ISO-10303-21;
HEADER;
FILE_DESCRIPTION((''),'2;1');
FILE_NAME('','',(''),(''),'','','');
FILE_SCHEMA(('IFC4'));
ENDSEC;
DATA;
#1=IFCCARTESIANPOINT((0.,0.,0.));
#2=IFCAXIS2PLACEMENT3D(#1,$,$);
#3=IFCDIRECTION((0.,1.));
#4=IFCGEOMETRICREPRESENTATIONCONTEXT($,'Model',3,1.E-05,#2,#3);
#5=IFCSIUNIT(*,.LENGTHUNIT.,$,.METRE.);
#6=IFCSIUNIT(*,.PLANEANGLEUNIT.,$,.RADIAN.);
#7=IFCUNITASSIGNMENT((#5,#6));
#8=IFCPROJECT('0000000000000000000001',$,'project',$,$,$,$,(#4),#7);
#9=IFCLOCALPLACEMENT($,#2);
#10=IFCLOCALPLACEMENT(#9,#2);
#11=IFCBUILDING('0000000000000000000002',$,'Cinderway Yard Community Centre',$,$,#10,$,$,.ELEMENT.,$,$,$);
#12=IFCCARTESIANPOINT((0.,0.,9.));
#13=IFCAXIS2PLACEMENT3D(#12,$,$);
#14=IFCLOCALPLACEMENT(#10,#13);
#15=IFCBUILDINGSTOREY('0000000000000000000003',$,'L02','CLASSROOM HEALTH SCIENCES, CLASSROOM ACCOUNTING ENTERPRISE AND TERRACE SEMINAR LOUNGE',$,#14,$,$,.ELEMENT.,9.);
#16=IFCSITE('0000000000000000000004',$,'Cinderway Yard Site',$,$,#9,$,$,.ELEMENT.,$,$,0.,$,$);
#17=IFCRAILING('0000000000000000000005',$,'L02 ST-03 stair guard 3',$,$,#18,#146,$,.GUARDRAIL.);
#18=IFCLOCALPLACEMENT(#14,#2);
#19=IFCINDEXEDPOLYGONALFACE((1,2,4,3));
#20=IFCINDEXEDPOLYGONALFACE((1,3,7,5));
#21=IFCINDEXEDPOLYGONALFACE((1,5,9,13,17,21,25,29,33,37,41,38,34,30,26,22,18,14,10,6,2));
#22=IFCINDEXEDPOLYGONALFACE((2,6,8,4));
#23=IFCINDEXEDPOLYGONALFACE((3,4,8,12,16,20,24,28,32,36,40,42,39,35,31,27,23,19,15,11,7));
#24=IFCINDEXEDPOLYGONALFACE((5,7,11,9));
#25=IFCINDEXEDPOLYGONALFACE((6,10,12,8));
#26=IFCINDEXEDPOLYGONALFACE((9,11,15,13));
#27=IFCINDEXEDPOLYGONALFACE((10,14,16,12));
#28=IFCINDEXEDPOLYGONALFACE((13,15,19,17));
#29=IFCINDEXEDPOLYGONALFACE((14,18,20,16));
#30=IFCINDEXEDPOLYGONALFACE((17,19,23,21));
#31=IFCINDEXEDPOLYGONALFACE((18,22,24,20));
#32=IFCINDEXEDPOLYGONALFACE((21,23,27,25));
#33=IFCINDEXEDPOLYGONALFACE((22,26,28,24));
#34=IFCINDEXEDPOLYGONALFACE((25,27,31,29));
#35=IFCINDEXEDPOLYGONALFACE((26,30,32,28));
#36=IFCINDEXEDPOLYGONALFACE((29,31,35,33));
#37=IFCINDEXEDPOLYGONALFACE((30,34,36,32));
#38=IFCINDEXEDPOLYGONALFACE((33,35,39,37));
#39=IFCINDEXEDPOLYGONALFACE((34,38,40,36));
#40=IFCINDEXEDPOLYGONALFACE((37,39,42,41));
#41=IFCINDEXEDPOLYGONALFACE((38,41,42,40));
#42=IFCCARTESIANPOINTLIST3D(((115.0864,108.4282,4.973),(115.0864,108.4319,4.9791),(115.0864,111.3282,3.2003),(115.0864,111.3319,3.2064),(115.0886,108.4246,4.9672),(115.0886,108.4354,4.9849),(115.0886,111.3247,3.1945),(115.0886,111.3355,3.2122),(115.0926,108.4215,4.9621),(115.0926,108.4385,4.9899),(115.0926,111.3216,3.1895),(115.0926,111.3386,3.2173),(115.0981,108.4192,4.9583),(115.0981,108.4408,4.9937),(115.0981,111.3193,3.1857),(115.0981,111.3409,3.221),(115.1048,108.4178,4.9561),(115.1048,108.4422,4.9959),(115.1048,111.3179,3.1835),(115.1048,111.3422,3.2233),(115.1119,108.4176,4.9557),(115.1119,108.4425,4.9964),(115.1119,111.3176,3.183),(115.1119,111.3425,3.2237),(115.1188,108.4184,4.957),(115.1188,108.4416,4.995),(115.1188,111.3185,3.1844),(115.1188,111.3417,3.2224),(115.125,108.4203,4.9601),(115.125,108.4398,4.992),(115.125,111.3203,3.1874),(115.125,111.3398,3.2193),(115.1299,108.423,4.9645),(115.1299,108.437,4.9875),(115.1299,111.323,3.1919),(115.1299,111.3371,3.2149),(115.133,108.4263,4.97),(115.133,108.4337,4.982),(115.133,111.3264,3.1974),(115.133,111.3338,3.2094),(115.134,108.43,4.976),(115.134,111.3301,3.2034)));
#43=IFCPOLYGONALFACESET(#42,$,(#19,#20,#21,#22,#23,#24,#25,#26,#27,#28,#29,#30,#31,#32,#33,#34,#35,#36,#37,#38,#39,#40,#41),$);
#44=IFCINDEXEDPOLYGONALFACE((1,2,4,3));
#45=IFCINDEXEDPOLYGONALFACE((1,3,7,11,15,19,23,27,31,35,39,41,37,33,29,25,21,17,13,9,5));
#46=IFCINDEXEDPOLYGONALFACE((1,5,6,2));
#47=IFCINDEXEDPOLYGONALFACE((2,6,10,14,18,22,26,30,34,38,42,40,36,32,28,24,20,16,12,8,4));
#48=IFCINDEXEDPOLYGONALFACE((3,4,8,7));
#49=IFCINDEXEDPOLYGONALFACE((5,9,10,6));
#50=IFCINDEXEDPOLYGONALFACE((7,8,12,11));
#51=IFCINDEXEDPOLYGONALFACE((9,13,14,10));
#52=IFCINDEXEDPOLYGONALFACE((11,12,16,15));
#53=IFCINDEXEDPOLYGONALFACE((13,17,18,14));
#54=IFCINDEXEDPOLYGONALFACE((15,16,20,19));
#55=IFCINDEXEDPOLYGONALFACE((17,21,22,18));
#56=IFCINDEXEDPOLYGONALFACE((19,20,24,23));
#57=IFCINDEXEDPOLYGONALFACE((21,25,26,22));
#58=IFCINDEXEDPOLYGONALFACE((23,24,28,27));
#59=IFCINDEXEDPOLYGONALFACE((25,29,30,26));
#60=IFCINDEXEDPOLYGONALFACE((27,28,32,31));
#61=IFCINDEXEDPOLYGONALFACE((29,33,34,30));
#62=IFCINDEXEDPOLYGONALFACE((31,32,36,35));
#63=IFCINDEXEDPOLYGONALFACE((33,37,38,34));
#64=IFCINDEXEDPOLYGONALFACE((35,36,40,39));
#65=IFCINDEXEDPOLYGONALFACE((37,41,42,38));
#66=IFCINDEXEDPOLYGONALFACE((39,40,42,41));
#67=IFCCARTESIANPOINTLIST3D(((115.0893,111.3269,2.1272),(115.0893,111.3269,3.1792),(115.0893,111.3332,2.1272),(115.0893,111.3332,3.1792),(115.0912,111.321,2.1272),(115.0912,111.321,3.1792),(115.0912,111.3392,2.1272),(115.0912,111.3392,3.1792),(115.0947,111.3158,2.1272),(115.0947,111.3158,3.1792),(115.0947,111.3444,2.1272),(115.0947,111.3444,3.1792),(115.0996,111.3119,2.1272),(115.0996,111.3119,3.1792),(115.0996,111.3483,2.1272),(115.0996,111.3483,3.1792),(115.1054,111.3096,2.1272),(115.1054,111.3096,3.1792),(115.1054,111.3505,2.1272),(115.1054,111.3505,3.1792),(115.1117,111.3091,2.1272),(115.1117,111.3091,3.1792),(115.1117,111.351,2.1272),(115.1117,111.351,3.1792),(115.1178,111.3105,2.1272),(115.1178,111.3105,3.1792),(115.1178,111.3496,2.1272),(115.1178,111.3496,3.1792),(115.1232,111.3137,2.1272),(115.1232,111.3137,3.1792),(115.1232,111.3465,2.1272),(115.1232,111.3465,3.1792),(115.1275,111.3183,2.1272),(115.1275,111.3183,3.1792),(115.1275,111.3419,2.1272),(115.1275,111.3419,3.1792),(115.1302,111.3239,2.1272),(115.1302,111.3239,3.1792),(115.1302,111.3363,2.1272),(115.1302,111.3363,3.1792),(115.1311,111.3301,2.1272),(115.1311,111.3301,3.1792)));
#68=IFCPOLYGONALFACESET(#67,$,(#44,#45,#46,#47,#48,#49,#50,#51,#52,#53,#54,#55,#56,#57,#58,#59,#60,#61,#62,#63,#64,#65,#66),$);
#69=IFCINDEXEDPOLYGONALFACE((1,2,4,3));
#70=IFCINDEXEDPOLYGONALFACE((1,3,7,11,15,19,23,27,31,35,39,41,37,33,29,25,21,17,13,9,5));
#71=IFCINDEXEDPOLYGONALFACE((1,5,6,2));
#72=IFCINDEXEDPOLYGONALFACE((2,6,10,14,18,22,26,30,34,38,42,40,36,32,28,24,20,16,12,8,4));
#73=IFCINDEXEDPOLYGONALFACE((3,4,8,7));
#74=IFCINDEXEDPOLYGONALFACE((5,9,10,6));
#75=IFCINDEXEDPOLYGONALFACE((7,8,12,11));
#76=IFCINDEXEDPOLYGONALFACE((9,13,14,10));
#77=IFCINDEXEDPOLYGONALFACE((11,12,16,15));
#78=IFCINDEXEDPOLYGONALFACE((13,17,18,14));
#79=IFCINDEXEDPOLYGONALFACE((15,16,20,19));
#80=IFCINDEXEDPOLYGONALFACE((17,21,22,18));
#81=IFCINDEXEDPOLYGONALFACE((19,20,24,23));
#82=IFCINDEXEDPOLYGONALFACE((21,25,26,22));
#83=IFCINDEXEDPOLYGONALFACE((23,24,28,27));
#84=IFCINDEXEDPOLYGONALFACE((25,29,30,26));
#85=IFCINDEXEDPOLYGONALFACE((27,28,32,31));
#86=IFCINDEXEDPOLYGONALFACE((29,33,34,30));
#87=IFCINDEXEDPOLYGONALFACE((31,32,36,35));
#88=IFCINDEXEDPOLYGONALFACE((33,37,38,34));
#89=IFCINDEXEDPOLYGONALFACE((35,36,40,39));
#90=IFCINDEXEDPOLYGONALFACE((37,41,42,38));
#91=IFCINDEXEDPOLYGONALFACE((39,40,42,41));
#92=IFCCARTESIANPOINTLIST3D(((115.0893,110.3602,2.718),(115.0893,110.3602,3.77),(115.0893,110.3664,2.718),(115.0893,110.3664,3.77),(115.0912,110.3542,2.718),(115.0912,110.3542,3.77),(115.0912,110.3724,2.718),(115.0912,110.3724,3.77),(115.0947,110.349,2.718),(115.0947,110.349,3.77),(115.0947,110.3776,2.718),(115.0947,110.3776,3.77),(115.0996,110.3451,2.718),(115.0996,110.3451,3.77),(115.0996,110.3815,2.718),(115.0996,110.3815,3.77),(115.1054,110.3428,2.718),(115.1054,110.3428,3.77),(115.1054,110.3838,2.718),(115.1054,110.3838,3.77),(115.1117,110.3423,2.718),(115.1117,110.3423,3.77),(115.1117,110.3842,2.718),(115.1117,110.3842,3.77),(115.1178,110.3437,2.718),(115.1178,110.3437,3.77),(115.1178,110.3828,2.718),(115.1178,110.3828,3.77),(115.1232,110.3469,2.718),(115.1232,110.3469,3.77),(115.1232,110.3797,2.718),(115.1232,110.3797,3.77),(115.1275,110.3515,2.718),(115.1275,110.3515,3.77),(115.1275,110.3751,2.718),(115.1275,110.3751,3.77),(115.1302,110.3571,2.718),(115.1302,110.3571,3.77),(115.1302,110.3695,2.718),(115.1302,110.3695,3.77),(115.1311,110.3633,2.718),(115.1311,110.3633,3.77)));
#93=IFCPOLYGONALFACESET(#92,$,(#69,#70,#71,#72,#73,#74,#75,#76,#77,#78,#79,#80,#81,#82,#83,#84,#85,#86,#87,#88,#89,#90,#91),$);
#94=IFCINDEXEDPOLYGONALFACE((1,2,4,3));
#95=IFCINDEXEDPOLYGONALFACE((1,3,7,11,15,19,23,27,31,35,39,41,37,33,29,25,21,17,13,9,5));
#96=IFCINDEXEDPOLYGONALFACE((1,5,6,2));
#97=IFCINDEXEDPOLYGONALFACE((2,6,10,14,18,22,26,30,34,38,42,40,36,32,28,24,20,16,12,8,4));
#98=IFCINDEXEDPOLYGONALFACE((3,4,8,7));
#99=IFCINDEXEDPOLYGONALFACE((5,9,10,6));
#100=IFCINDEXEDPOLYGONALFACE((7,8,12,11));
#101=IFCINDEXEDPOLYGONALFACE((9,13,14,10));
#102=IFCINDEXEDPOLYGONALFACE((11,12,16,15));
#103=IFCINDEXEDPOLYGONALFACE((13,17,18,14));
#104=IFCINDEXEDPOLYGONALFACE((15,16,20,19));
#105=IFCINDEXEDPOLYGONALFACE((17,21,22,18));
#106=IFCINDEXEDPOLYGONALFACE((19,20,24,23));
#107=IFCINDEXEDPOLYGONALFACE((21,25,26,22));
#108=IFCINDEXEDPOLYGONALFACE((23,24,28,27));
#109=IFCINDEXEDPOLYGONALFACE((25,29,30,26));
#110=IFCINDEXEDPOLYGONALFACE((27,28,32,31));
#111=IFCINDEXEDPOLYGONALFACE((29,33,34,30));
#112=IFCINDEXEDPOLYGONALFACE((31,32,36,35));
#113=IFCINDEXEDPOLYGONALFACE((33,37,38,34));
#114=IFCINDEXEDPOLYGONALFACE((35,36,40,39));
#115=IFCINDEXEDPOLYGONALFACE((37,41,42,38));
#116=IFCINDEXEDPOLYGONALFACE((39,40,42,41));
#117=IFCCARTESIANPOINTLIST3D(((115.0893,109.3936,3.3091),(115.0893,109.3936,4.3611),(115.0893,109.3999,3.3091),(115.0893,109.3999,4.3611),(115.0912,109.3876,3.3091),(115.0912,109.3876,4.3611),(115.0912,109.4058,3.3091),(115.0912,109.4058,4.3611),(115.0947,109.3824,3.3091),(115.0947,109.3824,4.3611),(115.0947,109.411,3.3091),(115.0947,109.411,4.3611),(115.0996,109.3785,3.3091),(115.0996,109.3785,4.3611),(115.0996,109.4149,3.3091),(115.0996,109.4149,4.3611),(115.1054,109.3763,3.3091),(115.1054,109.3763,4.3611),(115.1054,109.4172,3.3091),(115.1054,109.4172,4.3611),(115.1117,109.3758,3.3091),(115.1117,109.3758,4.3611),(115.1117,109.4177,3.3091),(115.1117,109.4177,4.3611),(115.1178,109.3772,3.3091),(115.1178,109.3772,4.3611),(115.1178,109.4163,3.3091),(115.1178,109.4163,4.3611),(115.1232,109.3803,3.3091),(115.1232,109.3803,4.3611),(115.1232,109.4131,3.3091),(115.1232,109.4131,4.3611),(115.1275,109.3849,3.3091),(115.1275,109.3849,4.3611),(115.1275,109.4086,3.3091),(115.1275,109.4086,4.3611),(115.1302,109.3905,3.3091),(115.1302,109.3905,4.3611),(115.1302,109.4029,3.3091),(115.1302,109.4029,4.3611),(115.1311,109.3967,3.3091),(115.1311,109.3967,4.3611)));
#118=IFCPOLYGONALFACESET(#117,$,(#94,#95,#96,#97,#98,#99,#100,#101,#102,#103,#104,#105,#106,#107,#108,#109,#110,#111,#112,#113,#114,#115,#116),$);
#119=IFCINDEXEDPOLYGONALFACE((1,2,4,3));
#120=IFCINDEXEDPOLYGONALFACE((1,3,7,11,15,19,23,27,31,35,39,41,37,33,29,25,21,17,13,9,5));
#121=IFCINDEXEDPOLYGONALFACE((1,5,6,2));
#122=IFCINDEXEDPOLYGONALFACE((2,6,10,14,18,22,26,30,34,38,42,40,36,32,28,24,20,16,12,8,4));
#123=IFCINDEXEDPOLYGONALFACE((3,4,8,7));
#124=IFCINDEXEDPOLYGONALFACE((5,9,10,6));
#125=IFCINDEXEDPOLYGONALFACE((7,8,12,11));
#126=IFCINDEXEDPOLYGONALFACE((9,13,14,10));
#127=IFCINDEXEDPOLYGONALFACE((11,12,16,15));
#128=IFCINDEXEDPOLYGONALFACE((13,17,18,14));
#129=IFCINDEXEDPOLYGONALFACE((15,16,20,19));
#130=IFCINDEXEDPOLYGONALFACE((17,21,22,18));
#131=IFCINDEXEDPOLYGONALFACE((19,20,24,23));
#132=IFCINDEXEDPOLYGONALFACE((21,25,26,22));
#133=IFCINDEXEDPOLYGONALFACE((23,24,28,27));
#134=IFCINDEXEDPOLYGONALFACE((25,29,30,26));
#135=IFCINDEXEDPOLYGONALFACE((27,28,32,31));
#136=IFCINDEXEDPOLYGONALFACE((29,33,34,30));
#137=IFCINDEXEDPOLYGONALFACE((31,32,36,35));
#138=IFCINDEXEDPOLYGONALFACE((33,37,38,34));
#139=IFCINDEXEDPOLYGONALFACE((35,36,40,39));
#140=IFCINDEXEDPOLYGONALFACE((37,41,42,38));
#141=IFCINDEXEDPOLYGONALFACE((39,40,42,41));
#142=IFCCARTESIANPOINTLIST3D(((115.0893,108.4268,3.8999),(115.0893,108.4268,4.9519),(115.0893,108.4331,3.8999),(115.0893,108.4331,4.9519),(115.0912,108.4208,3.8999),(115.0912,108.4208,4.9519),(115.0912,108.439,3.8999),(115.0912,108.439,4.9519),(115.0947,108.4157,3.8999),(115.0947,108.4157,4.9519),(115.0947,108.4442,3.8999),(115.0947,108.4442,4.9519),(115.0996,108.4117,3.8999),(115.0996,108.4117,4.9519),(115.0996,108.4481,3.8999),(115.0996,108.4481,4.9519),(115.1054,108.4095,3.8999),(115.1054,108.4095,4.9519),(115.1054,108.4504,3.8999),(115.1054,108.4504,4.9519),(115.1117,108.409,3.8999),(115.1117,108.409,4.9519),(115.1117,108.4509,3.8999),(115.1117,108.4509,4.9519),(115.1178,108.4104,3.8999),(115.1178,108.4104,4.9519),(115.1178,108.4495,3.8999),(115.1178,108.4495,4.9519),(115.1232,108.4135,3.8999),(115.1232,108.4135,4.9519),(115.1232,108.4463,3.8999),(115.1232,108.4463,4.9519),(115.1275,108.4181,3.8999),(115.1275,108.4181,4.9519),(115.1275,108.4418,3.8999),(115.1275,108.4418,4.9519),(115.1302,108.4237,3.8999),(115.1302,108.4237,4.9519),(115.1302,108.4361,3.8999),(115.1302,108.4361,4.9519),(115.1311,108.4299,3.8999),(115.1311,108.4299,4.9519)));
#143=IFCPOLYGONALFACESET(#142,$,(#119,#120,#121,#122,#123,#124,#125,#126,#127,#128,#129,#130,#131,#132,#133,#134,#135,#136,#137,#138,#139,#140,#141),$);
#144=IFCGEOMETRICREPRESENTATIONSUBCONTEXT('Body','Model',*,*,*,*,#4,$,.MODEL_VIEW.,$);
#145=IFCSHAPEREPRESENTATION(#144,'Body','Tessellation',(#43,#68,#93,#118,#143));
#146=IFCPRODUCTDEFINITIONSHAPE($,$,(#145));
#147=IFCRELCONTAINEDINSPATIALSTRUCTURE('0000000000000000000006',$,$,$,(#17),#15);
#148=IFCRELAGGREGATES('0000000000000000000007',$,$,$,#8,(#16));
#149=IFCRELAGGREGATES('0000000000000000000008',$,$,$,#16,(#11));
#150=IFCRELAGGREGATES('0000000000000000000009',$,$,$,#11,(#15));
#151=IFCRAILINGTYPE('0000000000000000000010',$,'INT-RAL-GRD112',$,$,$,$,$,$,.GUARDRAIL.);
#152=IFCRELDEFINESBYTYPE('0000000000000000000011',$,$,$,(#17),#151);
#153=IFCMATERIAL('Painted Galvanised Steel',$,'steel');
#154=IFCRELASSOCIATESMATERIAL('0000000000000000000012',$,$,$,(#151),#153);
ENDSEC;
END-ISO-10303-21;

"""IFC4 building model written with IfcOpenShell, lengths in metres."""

from ifc_helpers import new_model, si_unit, direction, frame, origin, origin_2d, place, context, subcontext, project, spatial, circle, extrude, material, type_object, element, save


model = new_model("IFC4")

# Units and contexts
model_context = context("Model", 3, precision=1e-05, world=origin(), true_north=direction((0.0, 1.0)))
body_context = subcontext(model_context, "Body", "Model", "MODEL_VIEW")
ifc_project = project(units=[si_unit("LENGTHUNIT", "METRE"), si_unit("PLANEANGLEUNIT", "RADIAN")], contexts=[model_context])

# Site, building, storey
site_placement = place(None, origin())
site = spatial("IfcSite", under=ifc_project, at=site_placement, Name="Cinderway Yard Site", CompositionType="ELEMENT", RefElevation=0.0)
building_placement = place(site_placement, origin())
building = spatial("IfcBuilding", under=site, at=building_placement, Name="Cinderway Yard Community Centre", CompositionType="ELEMENT")
storey_placement = place(building_placement, frame((0.0, 0.0, 9.0)))
storey = spatial("IfcBuildingStorey", under=building, at=storey_placement, Name="L02", Description="CLASSROOM HEALTH SCIENCES, CLASSROOM ACCOUNTING ENTERPRISE AND TERRACE SEMINAR LOUNGE", CompositionType="ELEMENT", Elevation=9.0)

# Railing
ifc_material_1 = material(Name="Painted Galvanised Steel", Category="steel")
railing_type_1 = type_object("IfcRailingType", Name="INT-RAL-GRD112", PredefinedType="GUARDRAIL", material=ifc_material_1)
railing_1_placement = place(storey_placement, frame((115.1101, 111.3301, 2.1272)))
element("IfcRailing", 1, at=railing_1_placement, inside=storey, type_object=railing_type_1, Name="L02 ST-03 stair guard 3", PredefinedType="GUARDRAIL", context=body_context, shape_type="SweptSolid", body=[
    extrude(circle(Radius=0.0239, at=origin_2d()), frame((0.0, 0.0, 1.0762), z_axis=(0.0, -0.85323, 0.521534), x_axis=(1.0, 0.0, 0.0)), (0.0, 0.0, 1.0), 3.3989),
    extrude(circle(Radius=0.021, at=origin_2d()), origin(), (0.0, 0.0, 1.0), 1.052),
    extrude(circle(Radius=0.021, at=origin_2d()), frame((0.0, -0.9668, 0.5908)), (0.0, 0.0, 1.0), 1.052),
    extrude(circle(Radius=0.021, at=origin_2d()), frame((0.0, -1.9333, 1.1819)), (0.0, 0.0, 1.0), 1.052),
    extrude(circle(Radius=0.021, at=origin_2d()), frame((0.0, -2.9001, 1.7727)), (0.0, 0.0, 1.0), 1.052),
])

save(model, "model.ifc")
